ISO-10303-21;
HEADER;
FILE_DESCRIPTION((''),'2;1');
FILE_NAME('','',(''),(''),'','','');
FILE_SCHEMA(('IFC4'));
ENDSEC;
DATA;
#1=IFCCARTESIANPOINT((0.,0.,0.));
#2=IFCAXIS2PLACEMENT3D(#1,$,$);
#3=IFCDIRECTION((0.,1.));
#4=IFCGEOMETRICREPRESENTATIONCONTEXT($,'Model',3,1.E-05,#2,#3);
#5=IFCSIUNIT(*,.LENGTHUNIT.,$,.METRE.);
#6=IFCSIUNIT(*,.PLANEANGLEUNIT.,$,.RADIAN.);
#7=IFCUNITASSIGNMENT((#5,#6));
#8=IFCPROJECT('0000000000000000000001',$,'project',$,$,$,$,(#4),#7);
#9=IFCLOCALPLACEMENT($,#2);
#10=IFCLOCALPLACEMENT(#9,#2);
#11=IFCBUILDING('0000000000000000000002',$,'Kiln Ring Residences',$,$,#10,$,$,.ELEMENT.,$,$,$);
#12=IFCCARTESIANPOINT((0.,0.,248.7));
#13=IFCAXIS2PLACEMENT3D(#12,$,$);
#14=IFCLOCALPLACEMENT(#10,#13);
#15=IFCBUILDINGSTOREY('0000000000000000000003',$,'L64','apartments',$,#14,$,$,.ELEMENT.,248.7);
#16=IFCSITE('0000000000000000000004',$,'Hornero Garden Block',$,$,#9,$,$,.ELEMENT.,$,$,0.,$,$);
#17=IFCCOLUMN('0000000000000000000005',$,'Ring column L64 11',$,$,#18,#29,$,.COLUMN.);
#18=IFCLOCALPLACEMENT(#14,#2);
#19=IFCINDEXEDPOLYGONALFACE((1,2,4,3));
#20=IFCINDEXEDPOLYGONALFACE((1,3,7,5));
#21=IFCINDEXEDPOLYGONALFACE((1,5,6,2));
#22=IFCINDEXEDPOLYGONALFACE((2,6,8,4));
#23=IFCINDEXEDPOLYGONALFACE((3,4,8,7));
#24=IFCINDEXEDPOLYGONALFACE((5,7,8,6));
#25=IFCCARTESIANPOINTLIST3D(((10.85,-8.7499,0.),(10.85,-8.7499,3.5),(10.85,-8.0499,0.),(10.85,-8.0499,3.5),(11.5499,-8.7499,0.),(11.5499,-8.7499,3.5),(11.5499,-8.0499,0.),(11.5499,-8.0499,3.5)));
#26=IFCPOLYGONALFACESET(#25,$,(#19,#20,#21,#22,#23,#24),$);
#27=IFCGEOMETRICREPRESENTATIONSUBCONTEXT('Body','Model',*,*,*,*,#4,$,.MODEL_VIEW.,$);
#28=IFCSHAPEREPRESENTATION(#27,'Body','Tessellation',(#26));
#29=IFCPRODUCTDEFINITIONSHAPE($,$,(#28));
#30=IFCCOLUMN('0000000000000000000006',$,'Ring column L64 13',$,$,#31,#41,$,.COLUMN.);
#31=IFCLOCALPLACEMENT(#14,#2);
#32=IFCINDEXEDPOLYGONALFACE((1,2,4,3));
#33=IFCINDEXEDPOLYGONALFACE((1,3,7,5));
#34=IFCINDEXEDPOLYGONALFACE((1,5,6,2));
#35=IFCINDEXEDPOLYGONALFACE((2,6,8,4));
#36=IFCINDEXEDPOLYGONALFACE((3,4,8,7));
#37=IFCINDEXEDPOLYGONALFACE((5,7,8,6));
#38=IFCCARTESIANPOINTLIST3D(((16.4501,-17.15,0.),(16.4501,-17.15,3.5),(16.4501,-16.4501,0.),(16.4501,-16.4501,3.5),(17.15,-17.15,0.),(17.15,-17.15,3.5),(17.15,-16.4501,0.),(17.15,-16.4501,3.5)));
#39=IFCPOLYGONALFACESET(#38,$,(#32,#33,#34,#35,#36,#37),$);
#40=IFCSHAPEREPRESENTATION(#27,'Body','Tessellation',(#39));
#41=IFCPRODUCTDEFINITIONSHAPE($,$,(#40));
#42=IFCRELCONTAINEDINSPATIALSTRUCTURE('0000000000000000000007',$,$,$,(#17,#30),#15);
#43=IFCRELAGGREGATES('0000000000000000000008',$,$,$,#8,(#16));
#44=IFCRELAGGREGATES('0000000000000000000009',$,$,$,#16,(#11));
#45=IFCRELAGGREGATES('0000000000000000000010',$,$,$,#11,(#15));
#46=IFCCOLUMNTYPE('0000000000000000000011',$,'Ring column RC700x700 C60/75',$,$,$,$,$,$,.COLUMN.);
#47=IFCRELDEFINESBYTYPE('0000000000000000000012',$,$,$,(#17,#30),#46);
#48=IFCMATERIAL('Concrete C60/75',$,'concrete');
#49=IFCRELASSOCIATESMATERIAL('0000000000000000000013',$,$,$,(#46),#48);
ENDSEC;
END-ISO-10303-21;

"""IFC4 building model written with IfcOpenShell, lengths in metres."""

from ifc_helpers import new_model, si_unit, direction, frame, origin, origin_2d, place, context, subcontext, project, spatial, rectangle, extrude, material, material_profile, profile_set, type_object, element, save


model = new_model("IFC4")

# Units and contexts
model_context = context("Model", 3, precision=1e-05, world=origin(), true_north=direction((0.0, 1.0)))
body_context = subcontext(model_context, "Body", "Model", "MODEL_VIEW")
ifc_project = project(units=[si_unit("LENGTHUNIT", "METRE"), si_unit("PLANEANGLEUNIT", "RADIAN")], contexts=[model_context])

# Site, building, storey
site_placement = place(None, origin())
site = spatial("IfcSite", under=ifc_project, at=site_placement, Name="Hornero Garden Block", CompositionType="ELEMENT", RefElevation=0.0)
building_placement = place(site_placement, origin())
building = spatial("IfcBuilding", under=site, at=building_placement, Name="Kiln Ring Residences", CompositionType="ELEMENT")
storey_placement = place(building_placement, frame((0.0, 0.0, 248.7)))
storey = spatial("IfcBuildingStorey", under=building, at=storey_placement, Name="L64", Description="apartments", CompositionType="ELEMENT", Elevation=248.7)

# Columns
ifc_material_1 = material(Name="Concrete C60/75", Category="concrete")
ifc_material_profile = material_profile(ifc_material_1, rectangle(XDim=0.7, YDim=0.7, at=origin_2d()), Name="RC700x700")
ifc_profile_set = profile_set([ifc_material_profile], Name="Concrete C60/75")
column_type = type_object("IfcColumnType", Name="Ring column RC700x700 C60/75", PredefinedType="COLUMN", material=ifc_profile_set)
for number, where, z_axis, x_axis, name in (
    (1, (11.2, -8.3999, 0.0), (0.0, 0.0, 1.0), (1.0, 0.0, 0.0), "Ring column L64 11"),
    (2, (16.8, -16.8, 0.0), (0.0, 0.0, 1.0), (1.0, 0.0, 0.0), "Ring column L64 13"),
):
    element("IfcColumn", number, at=place(storey_placement, frame(where, z_axis=z_axis, x_axis=x_axis)), inside=storey, type_object=column_type, Name=name, PredefinedType="COLUMN", context=body_context, shape_type="SweptSolid", body=[
        extrude(rectangle(XDim=0.7, YDim=0.7, at=origin_2d()), origin(), (0.0, 0.0, 1.0), 3.5),
    ])

save(model, "model.ifc")
